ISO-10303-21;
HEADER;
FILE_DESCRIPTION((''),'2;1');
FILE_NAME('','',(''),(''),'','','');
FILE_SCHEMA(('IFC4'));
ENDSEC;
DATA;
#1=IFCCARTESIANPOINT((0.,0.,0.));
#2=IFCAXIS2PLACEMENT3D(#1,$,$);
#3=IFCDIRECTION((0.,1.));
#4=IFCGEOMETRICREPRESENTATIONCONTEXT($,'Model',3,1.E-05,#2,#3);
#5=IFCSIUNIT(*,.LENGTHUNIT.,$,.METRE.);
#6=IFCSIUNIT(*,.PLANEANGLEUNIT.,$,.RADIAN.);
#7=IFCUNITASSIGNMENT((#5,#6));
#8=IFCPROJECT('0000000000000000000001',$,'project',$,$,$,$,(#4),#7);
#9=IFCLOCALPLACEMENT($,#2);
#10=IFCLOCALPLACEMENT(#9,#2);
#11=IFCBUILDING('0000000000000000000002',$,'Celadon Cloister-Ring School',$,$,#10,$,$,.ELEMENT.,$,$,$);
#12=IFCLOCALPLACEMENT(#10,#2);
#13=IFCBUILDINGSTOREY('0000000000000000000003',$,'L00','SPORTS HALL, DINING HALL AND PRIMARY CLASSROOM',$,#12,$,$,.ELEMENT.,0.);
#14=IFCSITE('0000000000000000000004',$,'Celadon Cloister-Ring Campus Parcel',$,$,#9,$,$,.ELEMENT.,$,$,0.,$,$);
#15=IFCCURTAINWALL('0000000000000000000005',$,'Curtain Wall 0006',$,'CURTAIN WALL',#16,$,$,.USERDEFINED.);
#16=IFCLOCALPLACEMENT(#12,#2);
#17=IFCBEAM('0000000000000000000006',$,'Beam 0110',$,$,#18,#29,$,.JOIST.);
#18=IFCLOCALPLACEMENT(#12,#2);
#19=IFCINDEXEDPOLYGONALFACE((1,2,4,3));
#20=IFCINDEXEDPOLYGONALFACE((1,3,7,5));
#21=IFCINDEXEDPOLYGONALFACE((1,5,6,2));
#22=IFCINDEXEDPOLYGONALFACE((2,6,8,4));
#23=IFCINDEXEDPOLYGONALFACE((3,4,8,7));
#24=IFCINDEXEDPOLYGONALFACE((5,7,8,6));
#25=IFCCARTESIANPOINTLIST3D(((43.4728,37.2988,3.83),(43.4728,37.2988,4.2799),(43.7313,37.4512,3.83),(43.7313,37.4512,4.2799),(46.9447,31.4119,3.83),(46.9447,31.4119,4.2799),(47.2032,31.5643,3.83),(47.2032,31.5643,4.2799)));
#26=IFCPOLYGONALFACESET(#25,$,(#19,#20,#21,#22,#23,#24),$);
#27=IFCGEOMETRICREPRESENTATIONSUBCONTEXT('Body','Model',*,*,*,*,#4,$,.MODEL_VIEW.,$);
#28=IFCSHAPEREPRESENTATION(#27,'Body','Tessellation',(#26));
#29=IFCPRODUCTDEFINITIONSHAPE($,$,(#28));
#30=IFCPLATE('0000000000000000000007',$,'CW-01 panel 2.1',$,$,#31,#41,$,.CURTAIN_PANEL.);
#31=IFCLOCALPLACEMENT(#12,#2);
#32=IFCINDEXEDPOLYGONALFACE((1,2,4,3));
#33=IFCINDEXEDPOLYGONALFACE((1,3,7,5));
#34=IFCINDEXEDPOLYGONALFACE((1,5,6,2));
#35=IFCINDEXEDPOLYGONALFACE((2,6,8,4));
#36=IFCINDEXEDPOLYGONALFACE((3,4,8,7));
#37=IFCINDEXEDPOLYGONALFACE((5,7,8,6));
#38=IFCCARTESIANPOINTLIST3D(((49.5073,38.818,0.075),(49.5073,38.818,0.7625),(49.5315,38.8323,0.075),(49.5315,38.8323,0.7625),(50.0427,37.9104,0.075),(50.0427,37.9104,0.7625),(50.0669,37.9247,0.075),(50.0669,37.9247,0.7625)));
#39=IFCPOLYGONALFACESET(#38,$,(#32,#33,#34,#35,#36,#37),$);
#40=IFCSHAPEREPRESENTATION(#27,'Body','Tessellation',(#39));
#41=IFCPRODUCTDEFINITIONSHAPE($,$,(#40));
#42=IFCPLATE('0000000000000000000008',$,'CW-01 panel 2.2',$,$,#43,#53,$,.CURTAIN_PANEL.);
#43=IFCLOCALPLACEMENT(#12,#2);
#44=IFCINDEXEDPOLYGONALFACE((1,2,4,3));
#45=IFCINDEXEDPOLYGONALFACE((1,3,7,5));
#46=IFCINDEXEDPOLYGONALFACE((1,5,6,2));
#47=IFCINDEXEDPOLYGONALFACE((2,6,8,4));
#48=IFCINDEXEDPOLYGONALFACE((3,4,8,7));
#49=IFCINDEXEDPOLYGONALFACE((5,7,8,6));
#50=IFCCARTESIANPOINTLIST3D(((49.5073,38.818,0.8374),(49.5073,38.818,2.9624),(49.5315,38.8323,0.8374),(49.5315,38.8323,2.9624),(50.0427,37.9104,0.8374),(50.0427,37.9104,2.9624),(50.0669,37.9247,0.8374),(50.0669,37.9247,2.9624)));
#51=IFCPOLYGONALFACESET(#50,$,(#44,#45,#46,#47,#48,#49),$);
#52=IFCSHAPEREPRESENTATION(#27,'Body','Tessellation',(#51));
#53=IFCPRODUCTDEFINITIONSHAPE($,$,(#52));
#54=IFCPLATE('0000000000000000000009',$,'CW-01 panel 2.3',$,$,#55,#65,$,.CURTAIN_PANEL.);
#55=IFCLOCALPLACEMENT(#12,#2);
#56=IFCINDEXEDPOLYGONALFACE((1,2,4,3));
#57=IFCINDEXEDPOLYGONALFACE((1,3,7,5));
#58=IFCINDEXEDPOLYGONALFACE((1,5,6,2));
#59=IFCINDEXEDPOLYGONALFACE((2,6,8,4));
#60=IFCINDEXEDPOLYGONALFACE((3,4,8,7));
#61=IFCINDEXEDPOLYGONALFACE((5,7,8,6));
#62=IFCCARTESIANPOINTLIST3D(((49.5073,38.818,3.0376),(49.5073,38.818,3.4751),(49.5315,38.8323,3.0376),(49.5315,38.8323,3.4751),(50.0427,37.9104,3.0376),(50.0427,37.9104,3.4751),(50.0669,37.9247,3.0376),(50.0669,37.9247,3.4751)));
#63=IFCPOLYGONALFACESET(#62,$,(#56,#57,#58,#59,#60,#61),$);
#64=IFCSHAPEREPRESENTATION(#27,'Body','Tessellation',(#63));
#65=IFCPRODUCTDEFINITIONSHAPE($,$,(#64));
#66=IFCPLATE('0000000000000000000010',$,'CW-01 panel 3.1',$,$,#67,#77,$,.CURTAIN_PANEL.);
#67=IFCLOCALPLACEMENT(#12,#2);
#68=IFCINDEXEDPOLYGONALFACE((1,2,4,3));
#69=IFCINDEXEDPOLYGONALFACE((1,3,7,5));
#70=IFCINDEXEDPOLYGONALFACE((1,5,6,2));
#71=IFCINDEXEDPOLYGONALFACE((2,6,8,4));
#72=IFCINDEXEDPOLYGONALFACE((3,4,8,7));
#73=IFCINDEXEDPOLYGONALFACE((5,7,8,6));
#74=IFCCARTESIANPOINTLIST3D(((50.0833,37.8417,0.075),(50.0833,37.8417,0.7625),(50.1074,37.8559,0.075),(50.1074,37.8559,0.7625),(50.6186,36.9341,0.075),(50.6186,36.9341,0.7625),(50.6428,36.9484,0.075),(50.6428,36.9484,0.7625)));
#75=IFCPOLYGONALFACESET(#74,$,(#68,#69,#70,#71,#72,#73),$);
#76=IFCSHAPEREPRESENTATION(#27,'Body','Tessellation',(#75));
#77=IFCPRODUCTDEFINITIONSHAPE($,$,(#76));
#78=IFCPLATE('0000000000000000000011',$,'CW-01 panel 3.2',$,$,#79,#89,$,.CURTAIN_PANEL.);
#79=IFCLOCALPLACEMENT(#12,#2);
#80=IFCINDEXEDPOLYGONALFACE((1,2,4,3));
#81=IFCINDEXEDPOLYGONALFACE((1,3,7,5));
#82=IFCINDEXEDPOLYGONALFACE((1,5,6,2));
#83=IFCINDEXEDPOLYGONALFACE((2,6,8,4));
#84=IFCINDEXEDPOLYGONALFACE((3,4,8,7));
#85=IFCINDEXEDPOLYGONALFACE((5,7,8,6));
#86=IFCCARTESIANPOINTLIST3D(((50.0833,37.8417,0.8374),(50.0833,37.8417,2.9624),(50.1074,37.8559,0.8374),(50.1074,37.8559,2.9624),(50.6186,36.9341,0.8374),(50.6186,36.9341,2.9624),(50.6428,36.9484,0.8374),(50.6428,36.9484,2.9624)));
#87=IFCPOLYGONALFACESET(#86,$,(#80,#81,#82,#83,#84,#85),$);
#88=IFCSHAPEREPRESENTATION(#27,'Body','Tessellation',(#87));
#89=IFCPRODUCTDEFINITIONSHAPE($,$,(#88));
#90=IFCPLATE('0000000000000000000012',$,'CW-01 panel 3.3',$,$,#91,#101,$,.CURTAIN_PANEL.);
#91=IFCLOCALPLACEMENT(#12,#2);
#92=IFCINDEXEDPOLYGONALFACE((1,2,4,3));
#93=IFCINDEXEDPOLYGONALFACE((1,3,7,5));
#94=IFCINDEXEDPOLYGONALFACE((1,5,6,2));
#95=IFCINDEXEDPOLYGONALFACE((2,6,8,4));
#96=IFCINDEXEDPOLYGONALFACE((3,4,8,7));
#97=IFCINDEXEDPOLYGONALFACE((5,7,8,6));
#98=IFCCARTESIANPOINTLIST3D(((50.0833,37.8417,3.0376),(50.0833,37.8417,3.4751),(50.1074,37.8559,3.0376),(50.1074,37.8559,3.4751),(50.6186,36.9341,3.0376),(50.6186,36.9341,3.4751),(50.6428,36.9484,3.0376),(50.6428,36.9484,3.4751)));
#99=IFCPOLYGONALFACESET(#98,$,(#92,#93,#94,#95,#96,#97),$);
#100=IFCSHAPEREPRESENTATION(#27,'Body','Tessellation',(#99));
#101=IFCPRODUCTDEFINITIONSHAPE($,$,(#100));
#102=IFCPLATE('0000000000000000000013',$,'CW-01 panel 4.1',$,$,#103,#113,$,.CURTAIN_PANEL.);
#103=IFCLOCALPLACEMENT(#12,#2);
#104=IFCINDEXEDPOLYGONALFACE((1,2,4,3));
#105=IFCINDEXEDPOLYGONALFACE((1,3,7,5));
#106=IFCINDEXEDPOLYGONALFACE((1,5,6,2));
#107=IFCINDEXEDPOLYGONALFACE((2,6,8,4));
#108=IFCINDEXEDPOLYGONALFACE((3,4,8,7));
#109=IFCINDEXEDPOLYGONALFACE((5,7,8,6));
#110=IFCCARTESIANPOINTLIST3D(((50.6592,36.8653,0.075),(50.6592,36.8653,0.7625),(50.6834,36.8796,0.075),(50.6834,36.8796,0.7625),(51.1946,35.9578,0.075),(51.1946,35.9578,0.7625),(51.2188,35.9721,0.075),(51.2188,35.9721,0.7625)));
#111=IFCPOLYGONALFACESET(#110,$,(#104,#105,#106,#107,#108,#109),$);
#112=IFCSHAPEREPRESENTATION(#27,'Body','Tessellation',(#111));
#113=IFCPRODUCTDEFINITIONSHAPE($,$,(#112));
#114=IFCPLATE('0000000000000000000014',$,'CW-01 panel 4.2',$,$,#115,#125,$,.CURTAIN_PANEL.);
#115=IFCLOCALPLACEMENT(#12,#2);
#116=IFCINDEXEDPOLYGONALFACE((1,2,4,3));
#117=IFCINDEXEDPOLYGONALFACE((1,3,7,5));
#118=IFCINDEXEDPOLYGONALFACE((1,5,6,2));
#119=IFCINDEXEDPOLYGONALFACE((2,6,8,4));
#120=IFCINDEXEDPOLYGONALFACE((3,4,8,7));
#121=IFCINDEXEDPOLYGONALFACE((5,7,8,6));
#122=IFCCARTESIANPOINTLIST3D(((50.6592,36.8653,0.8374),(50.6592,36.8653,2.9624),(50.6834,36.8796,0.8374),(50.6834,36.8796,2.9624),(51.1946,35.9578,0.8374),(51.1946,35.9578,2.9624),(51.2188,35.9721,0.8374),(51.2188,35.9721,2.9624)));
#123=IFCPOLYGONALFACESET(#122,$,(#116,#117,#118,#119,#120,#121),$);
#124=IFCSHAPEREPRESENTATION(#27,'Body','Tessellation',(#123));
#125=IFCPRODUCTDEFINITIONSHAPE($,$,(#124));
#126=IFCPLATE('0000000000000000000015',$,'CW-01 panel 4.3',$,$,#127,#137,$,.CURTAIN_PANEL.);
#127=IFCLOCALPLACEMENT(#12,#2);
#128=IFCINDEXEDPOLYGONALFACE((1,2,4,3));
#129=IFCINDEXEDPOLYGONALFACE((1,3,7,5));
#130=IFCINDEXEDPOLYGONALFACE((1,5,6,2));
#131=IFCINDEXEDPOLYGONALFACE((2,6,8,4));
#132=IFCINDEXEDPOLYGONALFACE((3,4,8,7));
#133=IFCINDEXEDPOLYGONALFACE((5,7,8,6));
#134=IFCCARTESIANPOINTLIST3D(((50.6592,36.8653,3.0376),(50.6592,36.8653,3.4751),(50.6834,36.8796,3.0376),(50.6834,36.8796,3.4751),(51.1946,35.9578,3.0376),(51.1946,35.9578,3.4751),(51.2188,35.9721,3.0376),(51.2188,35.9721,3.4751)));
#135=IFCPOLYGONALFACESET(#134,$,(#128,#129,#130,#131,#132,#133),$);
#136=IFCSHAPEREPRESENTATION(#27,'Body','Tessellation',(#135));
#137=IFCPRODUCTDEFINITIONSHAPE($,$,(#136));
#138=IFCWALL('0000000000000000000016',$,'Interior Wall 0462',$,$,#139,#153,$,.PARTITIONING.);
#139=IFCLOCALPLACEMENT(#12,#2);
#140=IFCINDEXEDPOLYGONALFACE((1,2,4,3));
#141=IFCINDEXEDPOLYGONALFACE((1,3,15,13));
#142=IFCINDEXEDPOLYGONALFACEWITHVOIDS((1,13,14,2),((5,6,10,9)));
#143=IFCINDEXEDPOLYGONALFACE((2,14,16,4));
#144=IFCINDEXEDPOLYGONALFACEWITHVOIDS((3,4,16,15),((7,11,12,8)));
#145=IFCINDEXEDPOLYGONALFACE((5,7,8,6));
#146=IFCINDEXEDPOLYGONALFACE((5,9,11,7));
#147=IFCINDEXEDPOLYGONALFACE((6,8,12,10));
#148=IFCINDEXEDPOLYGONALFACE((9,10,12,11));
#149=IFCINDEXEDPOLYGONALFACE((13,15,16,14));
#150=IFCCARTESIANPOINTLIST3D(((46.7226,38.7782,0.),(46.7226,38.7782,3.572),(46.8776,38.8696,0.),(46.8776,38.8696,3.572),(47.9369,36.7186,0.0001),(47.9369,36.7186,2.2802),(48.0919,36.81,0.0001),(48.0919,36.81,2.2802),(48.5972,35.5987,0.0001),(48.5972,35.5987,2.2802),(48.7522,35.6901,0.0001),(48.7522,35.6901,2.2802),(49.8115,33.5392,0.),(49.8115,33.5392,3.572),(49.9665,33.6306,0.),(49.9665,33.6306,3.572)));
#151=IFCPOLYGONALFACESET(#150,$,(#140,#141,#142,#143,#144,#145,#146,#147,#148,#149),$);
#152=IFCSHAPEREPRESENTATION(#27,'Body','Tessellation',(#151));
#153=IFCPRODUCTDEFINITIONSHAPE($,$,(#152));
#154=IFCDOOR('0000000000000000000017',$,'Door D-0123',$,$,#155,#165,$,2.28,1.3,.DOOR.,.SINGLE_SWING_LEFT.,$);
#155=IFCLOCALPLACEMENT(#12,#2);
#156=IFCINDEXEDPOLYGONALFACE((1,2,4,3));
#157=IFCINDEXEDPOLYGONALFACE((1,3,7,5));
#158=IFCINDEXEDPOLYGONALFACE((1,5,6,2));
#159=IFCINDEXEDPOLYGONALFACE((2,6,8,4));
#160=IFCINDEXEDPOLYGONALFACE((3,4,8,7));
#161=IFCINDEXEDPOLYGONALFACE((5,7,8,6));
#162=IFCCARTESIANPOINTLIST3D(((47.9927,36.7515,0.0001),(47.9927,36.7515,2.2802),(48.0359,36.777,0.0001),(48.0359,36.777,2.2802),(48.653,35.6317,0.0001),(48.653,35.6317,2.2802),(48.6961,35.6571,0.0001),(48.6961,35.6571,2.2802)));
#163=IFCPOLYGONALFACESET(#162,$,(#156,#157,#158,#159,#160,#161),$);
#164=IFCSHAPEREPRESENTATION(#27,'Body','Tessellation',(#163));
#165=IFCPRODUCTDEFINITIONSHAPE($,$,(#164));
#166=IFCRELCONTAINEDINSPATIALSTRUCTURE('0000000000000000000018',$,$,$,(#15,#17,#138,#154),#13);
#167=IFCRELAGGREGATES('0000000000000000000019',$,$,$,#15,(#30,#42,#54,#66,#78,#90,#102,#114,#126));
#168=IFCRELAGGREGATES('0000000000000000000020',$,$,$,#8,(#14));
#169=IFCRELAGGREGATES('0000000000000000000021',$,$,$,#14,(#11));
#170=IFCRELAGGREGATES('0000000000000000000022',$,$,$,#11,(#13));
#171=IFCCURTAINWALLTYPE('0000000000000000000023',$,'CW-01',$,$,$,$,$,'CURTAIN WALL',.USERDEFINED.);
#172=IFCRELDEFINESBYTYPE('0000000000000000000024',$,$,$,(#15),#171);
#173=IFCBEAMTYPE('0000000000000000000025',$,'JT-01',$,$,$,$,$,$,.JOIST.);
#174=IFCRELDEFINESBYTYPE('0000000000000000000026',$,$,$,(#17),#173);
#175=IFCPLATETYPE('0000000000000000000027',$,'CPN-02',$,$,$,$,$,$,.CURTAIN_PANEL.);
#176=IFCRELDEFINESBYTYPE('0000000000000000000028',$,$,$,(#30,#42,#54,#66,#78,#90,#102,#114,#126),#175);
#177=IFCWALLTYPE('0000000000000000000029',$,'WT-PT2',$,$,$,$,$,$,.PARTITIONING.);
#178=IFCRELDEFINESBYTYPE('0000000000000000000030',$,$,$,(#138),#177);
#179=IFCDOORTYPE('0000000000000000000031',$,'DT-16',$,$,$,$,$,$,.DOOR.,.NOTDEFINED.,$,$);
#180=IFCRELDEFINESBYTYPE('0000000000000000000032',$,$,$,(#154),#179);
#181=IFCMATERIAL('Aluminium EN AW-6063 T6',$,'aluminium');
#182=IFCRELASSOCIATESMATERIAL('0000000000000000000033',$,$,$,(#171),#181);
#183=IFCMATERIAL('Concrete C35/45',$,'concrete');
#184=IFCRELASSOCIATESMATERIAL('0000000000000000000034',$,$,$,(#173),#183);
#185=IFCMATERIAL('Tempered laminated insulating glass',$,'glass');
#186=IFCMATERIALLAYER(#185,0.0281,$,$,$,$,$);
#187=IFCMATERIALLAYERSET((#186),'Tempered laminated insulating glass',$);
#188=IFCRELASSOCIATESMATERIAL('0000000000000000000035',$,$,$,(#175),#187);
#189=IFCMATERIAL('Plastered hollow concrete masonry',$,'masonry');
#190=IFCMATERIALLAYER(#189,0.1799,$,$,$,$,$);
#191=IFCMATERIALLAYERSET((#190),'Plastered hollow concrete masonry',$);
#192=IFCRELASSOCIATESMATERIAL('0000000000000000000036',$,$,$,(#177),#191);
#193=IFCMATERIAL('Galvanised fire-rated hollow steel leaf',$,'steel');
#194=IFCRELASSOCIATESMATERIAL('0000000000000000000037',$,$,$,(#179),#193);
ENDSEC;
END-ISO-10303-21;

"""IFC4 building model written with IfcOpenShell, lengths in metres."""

from ifc_helpers import new_model, si_unit, direction, frame, frame_2d, origin, origin_2d, place, context, subcontext, project, spatial, rectangle, extrude, material, layer, layer_set, material_profile, profile_set, type_object, element, fill, aggregate, save


model = new_model("IFC4")

# Units and contexts
model_context = context("Model", 3, precision=1e-05, world=origin(), true_north=direction((0.0, 1.0)))
body_context = subcontext(model_context, "Body", "Model", "MODEL_VIEW")
ifc_project = project(units=[si_unit("LENGTHUNIT", "METRE"), si_unit("PLANEANGLEUNIT", "RADIAN")], contexts=[model_context])

# Site, building, storey
site_placement = place(None, origin())
site = spatial("IfcSite", under=ifc_project, at=site_placement, Name="Celadon Cloister-Ring Campus Parcel", CompositionType="ELEMENT", RefElevation=0.0)
building_placement = place(site_placement, origin())
building = spatial("IfcBuilding", under=site, at=building_placement, Name="Celadon Cloister-Ring School", CompositionType="ELEMENT")
storey_placement = place(building_placement, origin())
storey = spatial("IfcBuildingStorey", under=building, at=storey_placement, Name="L00", Description="SPORTS HALL, DINING HALL AND PRIMARY CLASSROOM", CompositionType="ELEMENT", Elevation=0.0)

# Curtain wall
ifc_material_1 = material(Name="Aluminium EN AW-6063 T6", Category="aluminium")
curtain_wall_type = type_object("IfcCurtainWallType", Name="CW-01", ElementType="CURTAIN WALL", PredefinedType="USERDEFINED", material=ifc_material_1)
curtain_wall_placement = place(storey_placement, origin())
curtain_wall = element("IfcCurtainWall", 1, at=curtain_wall_placement, inside=storey, type_object=curtain_wall_type, Name="Curtain Wall 0006", ObjectType="CURTAIN WALL", PredefinedType="USERDEFINED")

# Beam
ifc_material_2 = material(Name="Concrete C35/45", Category="concrete")
ifc_material_profile_1 = material_profile(ifc_material_2, rectangle(XDim=0.3, YDim=0.45, at=origin_2d()), Name="RC300X450")
ifc_profile_set_1 = profile_set([ifc_material_profile_1], Name="Concrete C35/45")
beam_type_1 = type_object("IfcBeamType", Name="JT-01", PredefinedType="JOIST", material=ifc_profile_set_1)
beam_1_placement = place(storey_placement, frame((43.6021, 37.375, 4.0549), z_axis=(0.507999, -0.861358, 0.0), x_axis=(0.861358, 0.507999, 0.0)))
element("IfcBeam", 2, at=beam_1_placement, inside=storey, type_object=beam_type_1, Name="Beam 0110", PredefinedType="JOIST", context=body_context, shape_type="SweptSolid", body=[
    extrude(rectangle(XDim=0.3, YDim=0.45, at=origin_2d()), origin(), (0.0, 0.0, 1.0), 6.8345),
])

# Plates
ifc_material_3 = material(Name="Tempered laminated insulating glass", Category="glass")
ifc_layer_1 = layer(ifc_material_3, 0.0281)
ifc_layer_set_1 = layer_set([ifc_layer_1], Name="Tempered laminated insulating glass")
plate_type = type_object("IfcPlateType", Name="CPN-02", PredefinedType="CURTAIN_PANEL", material=ifc_layer_set_1)
plate_1_placement = place(storey_placement, frame((49.7871, 38.3713, 0.075), z_axis=(0.0, 0.0, 1.0), x_axis=(0.508099, -0.861299, 0.0)))
plate_1 = element("IfcPlate", 3, at=plate_1_placement, type_object=plate_type, Name="CW-01 panel 2.1", PredefinedType="CURTAIN_PANEL", context=body_context, shape_type="SweptSolid", body=[
    extrude(rectangle(XDim=1.0537, YDim=0.0281, at=origin_2d()), origin(), (0.0, 0.0, 1.0), 0.6875),
])
plate_2_placement = place(storey_placement, frame((49.7871, 38.3713, 0.8374), z_axis=(0.0, 0.0, 1.0), x_axis=(0.508099, -0.861299, 0.0)))
plate_2 = element("IfcPlate", 4, at=plate_2_placement, type_object=plate_type, Name="CW-01 panel 2.2", PredefinedType="CURTAIN_PANEL", context=body_context, shape_type="SweptSolid", body=[
    extrude(rectangle(XDim=1.0537, YDim=0.0281, at=origin_2d()), origin(), (0.0, 0.0, 1.0), 2.125),
])
plate_3_placement = place(storey_placement, frame((49.7871, 38.3713, 3.0376), z_axis=(0.0, 0.0, 1.0), x_axis=(0.508099, -0.861299, 0.0)))
plate_3 = element("IfcPlate", 5, at=plate_3_placement, type_object=plate_type, Name="CW-01 panel 2.3", PredefinedType="CURTAIN_PANEL", context=body_context, shape_type="SweptSolid", body=[
    extrude(rectangle(XDim=1.0537, YDim=0.0281, at=origin_2d()), origin(), (0.0, 0.0, 1.0), 0.4375),
])
plate_4_placement = place(storey_placement, frame((50.363, 37.395, 0.075), z_axis=(0.0, 0.0, 1.0), x_axis=(0.508099, -0.861299, 0.0)))
plate_4 = element("IfcPlate", 6, at=plate_4_placement, type_object=plate_type, Name="CW-01 panel 3.1", PredefinedType="CURTAIN_PANEL", context=body_context, shape_type="SweptSolid", body=[
    extrude(rectangle(XDim=1.0537, YDim=0.0281, at=origin_2d()), origin(), (0.0, 0.0, 1.0), 0.6875),
])
plate_5_placement = place(storey_placement, frame((50.363, 37.395, 0.8374), z_axis=(0.0, 0.0, 1.0), x_axis=(0.508099, -0.861299, 0.0)))
plate_5 = element("IfcPlate", 7, at=plate_5_placement, type_object=plate_type, Name="CW-01 panel 3.2", PredefinedType="CURTAIN_PANEL", context=body_context, shape_type="SweptSolid", body=[
    extrude(rectangle(XDim=1.0537, YDim=0.0281, at=origin_2d()), origin(), (0.0, 0.0, 1.0), 2.125),
])
plate_6_placement = place(storey_placement, frame((50.363, 37.395, 3.0376), z_axis=(0.0, 0.0, 1.0), x_axis=(0.508099, -0.861299, 0.0)))
plate_6 = element("IfcPlate", 8, at=plate_6_placement, type_object=plate_type, Name="CW-01 panel 3.3", PredefinedType="CURTAIN_PANEL", context=body_context, shape_type="SweptSolid", body=[
    extrude(rectangle(XDim=1.0537, YDim=0.0281, at=origin_2d()), origin(), (0.0, 0.0, 1.0), 0.4375),
])
plate_7_placement = place(storey_placement, frame((50.939, 36.4187, 0.075), z_axis=(0.0, 0.0, 1.0), x_axis=(0.508099, -0.861299, 0.0)))
plate_7 = element("IfcPlate", 9, at=plate_7_placement, type_object=plate_type, Name="CW-01 panel 4.1", PredefinedType="CURTAIN_PANEL", context=body_context, shape_type="SweptSolid", body=[
    extrude(rectangle(XDim=1.0537, YDim=0.0281, at=origin_2d()), origin(), (0.0, 0.0, 1.0), 0.6875),
])
plate_8_placement = place(storey_placement, frame((50.939, 36.4187, 0.8374), z_axis=(0.0, 0.0, 1.0), x_axis=(0.508099, -0.861299, 0.0)))
plate_8 = element("IfcPlate", 10, at=plate_8_placement, type_object=plate_type, Name="CW-01 panel 4.2", PredefinedType="CURTAIN_PANEL", context=body_context, shape_type="SweptSolid", body=[
    extrude(rectangle(XDim=1.0537, YDim=0.0281, at=origin_2d()), origin(), (0.0, 0.0, 1.0), 2.125),
])
plate_9_placement = place(storey_placement, frame((50.939, 36.4187, 3.0376), z_axis=(0.0, 0.0, 1.0), x_axis=(0.508099, -0.861299, 0.0)))
plate_9 = element("IfcPlate", 11, at=plate_9_placement, type_object=plate_type, Name="CW-01 panel 4.3", PredefinedType="CURTAIN_PANEL", context=body_context, shape_type="SweptSolid", body=[
    extrude(rectangle(XDim=1.0537, YDim=0.0281, at=origin_2d()), origin(), (0.0, 0.0, 1.0), 0.4375),
])
aggregate(curtain_wall, [plate_1, plate_2, plate_3, plate_4, plate_5, plate_6, plate_7, plate_8, plate_9])

# Wall, opening, door
ifc_material_4 = material(Name="Plastered hollow concrete masonry", Category="masonry")
ifc_layer_2 = layer(ifc_material_4, 0.1799)
ifc_layer_set_2 = layer_set([ifc_layer_2], Name="Plastered hollow concrete masonry")
wall_type = type_object("IfcWallType", Name="WT-PT2", PredefinedType="PARTITIONING", material=ifc_layer_set_2)
wall_1_placement = place(storey_placement, frame((46.8, 38.824, 0.0), z_axis=(0.0, 0.0, 1.0), x_axis=(0.507887, -0.861424, 0.0)))
wall_1 = element("IfcWall", 12, at=wall_1_placement, inside=storey, type_object=wall_type, Name="Interior Wall 0462", PredefinedType="PARTITIONING", context=body_context, shape_type="SweptSolid", body=[
    extrude(rectangle(XDim=6.0818, YDim=0.1799, at=frame_2d((3.041, 0.0))), origin(), (0.0, 0.0, 1.0), 3.572),
])
opening_1_placement = place(wall_1_placement, frame((2.3911, 0.0, 0.0)))
opening_1 = element("IfcOpeningElement", 13, at=opening_1_placement, cuts=wall_1, PredefinedType="OPENING", context=body_context, shape_type="SweptSolid", body=[
    extrude(rectangle(XDim=1.3, YDim=2.28, at=frame_2d((0.6499, 1.1401))), frame((0.0, 0.1001, 0.0), z_axis=(0.0, -1.0, 0.0), x_axis=(1.0, 0.0, 0.0)), (0.0, 0.0, 1.0), 0.2),
])
ifc_material_5 = material(Name="Galvanised fire-rated hollow steel leaf", Category="steel")
door_type_1 = type_object("IfcDoorType", Name="DT-16", OperationType="NOTDEFINED", PredefinedType="DOOR", material=ifc_material_5)
door_1_placement = place(opening_1_placement, origin())
door_1 = element("IfcDoor", 14, at=door_1_placement, inside=storey, type_object=door_type_1, Name="Door D-0123", OperationType="SINGLE_SWING_LEFT", OverallHeight=2.28, OverallWidth=1.3, PredefinedType="DOOR", context=body_context, shape_type="SweptSolid", body=[
    extrude(rectangle(XDim=1.3, YDim=2.28, at=frame_2d((0.6499, 1.1401))), frame((0.0, 0.0249, 0.0), z_axis=(0.0, -1.0, 0.0), x_axis=(1.0, 0.0, 0.0)), (0.0, 0.0, 1.0), 0.05),
])
fill(opening_1, door_1)

save(model, "model.ifc")
